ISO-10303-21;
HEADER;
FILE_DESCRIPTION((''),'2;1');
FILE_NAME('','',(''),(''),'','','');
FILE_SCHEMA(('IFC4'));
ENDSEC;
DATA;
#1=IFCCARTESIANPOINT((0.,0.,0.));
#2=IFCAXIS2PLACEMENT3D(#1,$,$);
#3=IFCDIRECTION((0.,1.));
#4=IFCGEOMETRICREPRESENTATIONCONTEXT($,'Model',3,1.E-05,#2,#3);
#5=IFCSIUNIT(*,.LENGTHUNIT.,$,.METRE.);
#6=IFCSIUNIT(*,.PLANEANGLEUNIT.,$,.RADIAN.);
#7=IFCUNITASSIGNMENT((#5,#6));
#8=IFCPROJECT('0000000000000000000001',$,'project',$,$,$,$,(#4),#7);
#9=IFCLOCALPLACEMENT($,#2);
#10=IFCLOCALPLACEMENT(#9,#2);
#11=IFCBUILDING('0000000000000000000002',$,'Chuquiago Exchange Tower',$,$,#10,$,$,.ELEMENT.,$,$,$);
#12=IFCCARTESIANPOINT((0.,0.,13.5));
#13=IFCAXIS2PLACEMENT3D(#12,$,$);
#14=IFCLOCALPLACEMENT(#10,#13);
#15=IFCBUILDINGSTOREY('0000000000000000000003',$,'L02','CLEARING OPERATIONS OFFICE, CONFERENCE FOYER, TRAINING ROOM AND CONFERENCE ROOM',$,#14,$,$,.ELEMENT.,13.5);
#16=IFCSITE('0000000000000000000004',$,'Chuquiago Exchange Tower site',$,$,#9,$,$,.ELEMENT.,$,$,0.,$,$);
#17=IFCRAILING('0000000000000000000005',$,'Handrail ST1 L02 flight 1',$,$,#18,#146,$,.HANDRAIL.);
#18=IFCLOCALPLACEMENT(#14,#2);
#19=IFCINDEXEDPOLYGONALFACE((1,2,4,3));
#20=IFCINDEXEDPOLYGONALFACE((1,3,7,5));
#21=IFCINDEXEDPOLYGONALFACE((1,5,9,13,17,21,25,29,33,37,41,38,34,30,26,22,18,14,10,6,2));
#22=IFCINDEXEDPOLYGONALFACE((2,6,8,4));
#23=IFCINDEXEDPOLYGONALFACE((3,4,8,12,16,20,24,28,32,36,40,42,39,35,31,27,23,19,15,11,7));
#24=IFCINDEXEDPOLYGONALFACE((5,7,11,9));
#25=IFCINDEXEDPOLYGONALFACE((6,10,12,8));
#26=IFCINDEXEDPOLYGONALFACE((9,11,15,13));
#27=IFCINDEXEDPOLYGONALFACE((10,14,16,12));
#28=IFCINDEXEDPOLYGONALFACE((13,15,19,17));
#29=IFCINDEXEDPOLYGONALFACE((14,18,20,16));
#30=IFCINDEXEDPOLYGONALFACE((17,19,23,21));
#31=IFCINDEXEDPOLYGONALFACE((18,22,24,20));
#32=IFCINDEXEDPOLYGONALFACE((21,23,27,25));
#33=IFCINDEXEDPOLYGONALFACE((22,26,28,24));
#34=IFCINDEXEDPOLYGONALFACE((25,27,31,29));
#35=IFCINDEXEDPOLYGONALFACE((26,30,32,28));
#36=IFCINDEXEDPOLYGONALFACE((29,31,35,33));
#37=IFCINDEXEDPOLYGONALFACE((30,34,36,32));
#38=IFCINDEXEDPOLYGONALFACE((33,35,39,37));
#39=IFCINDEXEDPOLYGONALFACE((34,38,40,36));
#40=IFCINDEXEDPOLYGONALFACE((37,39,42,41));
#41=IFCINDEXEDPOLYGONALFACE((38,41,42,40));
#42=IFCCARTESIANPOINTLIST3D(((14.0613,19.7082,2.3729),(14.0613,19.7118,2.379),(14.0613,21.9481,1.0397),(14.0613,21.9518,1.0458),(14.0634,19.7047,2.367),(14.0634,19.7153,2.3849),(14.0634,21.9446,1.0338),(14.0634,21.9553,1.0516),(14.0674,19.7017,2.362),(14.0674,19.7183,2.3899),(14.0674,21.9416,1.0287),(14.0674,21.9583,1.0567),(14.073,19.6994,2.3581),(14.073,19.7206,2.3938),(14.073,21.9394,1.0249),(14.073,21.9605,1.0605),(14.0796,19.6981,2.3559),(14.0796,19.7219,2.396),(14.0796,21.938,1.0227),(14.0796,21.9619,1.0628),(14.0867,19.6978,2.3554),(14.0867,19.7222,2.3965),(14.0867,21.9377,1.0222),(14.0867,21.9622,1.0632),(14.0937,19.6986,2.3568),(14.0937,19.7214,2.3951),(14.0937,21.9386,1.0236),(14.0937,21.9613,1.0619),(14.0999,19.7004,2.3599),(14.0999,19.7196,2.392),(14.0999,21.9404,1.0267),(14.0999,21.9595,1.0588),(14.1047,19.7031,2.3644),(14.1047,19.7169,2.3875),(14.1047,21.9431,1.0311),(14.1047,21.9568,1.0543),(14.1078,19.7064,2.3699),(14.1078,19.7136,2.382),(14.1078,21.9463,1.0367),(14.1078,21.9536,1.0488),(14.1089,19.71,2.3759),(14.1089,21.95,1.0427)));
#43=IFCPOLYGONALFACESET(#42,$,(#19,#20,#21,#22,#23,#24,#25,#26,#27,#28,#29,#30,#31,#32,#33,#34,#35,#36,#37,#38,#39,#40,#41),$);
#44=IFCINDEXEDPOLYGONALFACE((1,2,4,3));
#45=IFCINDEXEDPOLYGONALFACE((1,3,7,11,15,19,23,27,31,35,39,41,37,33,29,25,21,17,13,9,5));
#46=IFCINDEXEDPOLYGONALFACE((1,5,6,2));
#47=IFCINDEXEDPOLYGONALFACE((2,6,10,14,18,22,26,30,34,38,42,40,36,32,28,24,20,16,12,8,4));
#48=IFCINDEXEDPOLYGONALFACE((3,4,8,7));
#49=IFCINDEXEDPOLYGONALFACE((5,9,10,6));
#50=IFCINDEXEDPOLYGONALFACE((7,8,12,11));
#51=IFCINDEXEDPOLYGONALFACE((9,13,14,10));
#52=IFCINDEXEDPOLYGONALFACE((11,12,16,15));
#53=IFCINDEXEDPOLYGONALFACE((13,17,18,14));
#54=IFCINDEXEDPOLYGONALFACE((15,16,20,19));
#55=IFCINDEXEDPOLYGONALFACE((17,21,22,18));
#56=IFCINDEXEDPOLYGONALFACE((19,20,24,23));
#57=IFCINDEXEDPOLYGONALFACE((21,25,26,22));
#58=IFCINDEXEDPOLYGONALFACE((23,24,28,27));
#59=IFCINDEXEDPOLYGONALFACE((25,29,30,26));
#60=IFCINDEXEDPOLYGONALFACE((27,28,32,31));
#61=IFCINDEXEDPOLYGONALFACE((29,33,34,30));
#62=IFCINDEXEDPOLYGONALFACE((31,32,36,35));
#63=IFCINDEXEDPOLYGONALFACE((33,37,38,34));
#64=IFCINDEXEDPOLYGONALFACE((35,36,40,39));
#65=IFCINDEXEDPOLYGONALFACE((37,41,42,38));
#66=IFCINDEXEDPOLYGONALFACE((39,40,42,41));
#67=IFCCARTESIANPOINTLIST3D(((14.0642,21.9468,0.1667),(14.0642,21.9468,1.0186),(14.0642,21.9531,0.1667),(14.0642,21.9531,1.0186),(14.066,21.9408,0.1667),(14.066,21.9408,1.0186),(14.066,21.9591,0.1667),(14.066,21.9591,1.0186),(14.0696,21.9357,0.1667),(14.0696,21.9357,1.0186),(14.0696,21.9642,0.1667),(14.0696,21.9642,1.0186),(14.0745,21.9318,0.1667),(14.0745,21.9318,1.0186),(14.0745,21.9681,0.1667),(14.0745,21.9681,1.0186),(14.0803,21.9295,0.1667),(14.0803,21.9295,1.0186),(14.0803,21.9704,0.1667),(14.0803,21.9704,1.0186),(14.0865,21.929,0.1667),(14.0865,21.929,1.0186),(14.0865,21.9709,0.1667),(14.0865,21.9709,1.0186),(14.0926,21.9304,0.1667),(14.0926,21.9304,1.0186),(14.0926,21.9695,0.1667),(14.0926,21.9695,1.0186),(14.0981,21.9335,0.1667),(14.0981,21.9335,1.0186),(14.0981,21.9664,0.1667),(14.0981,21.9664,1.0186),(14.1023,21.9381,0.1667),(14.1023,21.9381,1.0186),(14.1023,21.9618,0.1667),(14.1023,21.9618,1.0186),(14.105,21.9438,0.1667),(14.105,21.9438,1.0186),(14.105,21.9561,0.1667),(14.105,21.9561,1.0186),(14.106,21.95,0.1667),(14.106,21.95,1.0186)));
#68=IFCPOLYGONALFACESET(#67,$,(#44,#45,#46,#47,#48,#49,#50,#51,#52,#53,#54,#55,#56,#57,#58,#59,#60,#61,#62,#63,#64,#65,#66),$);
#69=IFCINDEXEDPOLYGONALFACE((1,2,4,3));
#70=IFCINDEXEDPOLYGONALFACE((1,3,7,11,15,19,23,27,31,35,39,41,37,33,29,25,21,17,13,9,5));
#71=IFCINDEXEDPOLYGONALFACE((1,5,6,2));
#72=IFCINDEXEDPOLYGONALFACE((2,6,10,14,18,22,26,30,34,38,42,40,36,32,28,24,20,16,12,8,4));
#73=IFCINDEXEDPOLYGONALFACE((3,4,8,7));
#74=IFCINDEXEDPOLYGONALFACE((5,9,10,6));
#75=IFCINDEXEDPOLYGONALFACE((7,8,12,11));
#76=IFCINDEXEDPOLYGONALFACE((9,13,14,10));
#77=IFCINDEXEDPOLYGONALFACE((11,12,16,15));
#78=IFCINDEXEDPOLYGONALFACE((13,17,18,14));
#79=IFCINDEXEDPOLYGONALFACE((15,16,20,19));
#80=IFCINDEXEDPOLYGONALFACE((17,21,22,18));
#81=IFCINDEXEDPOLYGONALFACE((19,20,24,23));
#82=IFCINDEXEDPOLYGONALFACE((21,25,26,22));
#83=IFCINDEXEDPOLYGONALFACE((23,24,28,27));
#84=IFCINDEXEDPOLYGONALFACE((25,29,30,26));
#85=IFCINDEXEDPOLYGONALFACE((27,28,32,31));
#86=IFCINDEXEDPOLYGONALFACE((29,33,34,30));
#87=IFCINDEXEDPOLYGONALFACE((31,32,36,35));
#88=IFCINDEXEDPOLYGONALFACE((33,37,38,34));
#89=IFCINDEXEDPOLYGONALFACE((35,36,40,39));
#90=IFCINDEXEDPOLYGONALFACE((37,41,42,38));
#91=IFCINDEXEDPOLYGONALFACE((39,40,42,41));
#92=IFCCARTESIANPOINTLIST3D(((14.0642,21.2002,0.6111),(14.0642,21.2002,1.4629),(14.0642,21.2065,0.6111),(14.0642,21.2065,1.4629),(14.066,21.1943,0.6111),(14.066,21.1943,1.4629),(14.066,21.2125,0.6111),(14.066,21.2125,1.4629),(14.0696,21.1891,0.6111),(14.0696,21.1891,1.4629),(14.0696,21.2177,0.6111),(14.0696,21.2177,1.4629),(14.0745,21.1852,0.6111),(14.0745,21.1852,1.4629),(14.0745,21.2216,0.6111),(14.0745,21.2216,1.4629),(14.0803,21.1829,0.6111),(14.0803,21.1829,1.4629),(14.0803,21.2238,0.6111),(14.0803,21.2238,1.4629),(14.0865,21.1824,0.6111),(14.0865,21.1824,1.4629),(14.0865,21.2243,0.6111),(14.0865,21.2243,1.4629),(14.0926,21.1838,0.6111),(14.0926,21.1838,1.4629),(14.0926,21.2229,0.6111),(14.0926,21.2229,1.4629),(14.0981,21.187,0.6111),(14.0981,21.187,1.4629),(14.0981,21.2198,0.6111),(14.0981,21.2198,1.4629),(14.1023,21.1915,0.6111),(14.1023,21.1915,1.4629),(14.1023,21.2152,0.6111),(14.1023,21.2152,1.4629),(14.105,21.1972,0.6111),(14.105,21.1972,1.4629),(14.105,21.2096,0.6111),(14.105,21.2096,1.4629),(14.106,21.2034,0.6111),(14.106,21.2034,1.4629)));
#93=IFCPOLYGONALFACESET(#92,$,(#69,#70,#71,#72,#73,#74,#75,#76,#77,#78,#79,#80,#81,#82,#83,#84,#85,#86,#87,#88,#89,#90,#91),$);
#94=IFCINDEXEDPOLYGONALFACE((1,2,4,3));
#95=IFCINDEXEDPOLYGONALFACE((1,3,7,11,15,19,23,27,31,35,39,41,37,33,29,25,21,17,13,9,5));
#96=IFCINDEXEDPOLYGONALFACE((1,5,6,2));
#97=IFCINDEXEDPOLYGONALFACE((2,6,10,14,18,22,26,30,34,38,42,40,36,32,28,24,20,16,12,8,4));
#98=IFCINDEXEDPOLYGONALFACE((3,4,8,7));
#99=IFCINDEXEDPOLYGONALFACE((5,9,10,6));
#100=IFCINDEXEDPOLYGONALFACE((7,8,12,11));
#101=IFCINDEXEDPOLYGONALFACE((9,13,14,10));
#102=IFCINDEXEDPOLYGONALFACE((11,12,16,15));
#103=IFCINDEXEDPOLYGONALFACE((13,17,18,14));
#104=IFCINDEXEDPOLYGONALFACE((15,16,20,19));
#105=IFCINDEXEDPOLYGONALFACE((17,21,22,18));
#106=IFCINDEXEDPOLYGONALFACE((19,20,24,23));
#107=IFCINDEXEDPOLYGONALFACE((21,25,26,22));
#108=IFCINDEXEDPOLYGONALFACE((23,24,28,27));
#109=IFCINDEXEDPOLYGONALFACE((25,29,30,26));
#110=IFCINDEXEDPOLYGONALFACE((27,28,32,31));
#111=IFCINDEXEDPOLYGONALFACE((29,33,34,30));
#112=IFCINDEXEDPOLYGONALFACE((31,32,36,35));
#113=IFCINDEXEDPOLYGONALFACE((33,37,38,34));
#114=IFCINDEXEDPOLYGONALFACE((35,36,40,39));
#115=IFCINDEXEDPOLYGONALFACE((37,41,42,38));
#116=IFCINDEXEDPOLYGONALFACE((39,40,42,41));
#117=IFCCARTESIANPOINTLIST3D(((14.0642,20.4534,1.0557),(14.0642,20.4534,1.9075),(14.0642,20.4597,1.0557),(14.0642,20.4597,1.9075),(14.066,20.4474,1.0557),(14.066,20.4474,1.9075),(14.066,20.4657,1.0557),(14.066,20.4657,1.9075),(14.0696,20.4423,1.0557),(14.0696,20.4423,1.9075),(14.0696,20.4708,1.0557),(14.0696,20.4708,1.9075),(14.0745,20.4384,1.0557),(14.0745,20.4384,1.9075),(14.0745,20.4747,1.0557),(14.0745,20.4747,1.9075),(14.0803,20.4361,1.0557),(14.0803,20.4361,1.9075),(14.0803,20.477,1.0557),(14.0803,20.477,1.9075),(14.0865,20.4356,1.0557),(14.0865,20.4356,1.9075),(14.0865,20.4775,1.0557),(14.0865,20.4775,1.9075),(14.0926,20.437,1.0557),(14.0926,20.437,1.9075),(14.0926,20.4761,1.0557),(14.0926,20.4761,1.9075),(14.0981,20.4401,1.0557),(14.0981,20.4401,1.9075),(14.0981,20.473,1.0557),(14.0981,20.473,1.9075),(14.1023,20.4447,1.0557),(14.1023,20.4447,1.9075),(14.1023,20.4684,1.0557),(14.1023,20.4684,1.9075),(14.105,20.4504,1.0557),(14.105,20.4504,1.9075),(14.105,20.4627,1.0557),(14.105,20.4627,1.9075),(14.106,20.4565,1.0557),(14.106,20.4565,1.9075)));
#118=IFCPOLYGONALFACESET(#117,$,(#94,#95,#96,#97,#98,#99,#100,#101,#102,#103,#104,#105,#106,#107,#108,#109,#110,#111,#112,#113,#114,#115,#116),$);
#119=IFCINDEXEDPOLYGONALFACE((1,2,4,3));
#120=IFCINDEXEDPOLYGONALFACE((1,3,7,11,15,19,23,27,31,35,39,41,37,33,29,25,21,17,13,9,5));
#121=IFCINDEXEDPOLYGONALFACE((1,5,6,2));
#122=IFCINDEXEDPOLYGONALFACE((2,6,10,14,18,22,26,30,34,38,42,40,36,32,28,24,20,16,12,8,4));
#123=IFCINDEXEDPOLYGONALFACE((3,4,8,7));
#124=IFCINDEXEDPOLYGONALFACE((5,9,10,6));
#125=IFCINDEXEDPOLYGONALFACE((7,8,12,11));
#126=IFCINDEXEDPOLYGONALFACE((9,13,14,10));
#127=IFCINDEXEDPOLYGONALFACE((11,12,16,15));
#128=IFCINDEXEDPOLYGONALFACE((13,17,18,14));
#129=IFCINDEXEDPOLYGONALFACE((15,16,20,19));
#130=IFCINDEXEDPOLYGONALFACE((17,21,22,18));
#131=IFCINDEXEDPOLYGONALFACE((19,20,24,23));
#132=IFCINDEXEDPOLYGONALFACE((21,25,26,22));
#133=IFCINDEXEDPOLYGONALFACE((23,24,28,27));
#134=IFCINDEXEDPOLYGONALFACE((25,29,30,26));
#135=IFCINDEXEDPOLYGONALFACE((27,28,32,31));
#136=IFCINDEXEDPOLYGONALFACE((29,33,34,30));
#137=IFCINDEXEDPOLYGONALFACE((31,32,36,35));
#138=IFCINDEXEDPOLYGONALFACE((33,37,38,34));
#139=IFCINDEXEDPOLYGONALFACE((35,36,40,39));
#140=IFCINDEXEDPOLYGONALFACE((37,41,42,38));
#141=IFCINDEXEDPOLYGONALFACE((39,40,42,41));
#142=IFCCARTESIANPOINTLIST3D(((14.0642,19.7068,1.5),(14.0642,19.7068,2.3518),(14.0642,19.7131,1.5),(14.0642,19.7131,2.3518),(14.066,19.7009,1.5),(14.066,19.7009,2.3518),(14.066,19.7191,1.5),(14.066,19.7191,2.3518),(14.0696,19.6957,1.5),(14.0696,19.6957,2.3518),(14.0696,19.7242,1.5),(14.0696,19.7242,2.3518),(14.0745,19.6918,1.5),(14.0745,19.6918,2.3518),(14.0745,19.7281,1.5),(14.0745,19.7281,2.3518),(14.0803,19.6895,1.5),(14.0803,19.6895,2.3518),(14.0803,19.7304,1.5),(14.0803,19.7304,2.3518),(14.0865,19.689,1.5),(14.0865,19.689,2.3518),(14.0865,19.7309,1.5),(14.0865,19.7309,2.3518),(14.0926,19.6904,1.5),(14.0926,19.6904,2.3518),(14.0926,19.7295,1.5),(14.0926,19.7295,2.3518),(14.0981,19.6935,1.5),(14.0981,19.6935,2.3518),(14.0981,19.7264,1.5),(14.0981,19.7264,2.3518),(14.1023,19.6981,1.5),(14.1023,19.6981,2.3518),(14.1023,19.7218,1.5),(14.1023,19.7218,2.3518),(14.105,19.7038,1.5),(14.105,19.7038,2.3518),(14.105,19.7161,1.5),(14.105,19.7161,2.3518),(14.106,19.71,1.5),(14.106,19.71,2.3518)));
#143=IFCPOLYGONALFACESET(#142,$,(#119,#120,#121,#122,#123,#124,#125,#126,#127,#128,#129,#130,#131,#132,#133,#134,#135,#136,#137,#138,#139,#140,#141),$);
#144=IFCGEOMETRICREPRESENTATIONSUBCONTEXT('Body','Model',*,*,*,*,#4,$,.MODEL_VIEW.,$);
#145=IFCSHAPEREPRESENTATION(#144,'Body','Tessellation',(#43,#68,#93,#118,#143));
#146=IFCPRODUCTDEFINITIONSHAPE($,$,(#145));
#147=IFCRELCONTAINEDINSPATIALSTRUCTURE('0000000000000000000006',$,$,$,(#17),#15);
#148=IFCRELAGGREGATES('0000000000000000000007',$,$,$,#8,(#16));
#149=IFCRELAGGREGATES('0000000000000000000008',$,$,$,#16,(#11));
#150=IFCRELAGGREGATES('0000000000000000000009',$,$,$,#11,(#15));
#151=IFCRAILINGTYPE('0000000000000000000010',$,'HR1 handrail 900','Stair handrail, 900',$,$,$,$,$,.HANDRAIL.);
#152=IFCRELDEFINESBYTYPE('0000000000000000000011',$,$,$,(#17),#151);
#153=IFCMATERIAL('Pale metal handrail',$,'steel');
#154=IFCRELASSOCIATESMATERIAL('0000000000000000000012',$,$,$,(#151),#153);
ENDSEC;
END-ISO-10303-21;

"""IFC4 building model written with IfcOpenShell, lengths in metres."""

from ifc_helpers import new_model, si_unit, direction, frame, origin, origin_2d, place, context, subcontext, project, spatial, circle, extrude, material, type_object, element, save


model = new_model("IFC4")

# Units and contexts
model_context = context("Model", 3, precision=1e-05, world=origin(), true_north=direction((0.0, 1.0)))
body_context = subcontext(model_context, "Body", "Model", "MODEL_VIEW")
ifc_project = project(units=[si_unit("LENGTHUNIT", "METRE"), si_unit("PLANEANGLEUNIT", "RADIAN")], contexts=[model_context])

# Site, building, storey
site_placement = place(None, origin())
site = spatial("IfcSite", under=ifc_project, at=site_placement, Name="Chuquiago Exchange Tower site", CompositionType="ELEMENT", RefElevation=0.0)
building_placement = place(site_placement, origin())
building = spatial("IfcBuilding", under=site, at=building_placement, Name="Chuquiago Exchange Tower", CompositionType="ELEMENT")
storey_placement = place(building_placement, frame((0.0, 0.0, 13.5)))
storey = spatial("IfcBuildingStorey", under=building, at=storey_placement, Name="L02", Description="CLEARING OPERATIONS OFFICE, CONFERENCE FOYER, TRAINING ROOM AND CONFERENCE ROOM", CompositionType="ELEMENT", Elevation=13.5)

# Railing
ifc_material_1 = material(Name="Pale metal handrail", Category="steel")
railing_type = type_object("IfcRailingType", Name="HR1 handrail 900", Description="Stair handrail, 900", PredefinedType="HANDRAIL", material=ifc_material_1)
for number, where, name in (
    (1, (14.085, 21.95, 0.1667), "Handrail ST1 L02 flight 1"),
):
    element("IfcRailing", number, at=place(storey_placement, frame(where)), inside=storey, type_object=railing_type, Name=name, PredefinedType="HANDRAIL", context=body_context, shape_type="SweptSolid", body=[
        extrude(circle(Radius=0.0239, at=origin_2d()), frame((0.0, 0.0, 0.876), z_axis=(0.0, -0.859306, 0.511462), x_axis=(1.0, 0.0, 0.0)), (0.0, 0.0, 1.0), 2.6067),
        extrude(circle(Radius=0.021, at=origin_2d()), origin(), (0.0, 0.0, 1.0), 0.8518),
        extrude(circle(Radius=0.021, at=origin_2d()), frame((0.0, -0.7466, 0.4443)), (0.0, 0.0, 1.0), 0.8518),
        extrude(circle(Radius=0.021, at=origin_2d()), frame((0.0, -1.4934, 0.8889)), (0.0, 0.0, 1.0), 0.8518),
        extrude(circle(Radius=0.021, at=origin_2d()), frame((0.0, -2.24, 1.3333)), (0.0, 0.0, 1.0), 0.8518),
    ])

save(model, "model.ifc")
